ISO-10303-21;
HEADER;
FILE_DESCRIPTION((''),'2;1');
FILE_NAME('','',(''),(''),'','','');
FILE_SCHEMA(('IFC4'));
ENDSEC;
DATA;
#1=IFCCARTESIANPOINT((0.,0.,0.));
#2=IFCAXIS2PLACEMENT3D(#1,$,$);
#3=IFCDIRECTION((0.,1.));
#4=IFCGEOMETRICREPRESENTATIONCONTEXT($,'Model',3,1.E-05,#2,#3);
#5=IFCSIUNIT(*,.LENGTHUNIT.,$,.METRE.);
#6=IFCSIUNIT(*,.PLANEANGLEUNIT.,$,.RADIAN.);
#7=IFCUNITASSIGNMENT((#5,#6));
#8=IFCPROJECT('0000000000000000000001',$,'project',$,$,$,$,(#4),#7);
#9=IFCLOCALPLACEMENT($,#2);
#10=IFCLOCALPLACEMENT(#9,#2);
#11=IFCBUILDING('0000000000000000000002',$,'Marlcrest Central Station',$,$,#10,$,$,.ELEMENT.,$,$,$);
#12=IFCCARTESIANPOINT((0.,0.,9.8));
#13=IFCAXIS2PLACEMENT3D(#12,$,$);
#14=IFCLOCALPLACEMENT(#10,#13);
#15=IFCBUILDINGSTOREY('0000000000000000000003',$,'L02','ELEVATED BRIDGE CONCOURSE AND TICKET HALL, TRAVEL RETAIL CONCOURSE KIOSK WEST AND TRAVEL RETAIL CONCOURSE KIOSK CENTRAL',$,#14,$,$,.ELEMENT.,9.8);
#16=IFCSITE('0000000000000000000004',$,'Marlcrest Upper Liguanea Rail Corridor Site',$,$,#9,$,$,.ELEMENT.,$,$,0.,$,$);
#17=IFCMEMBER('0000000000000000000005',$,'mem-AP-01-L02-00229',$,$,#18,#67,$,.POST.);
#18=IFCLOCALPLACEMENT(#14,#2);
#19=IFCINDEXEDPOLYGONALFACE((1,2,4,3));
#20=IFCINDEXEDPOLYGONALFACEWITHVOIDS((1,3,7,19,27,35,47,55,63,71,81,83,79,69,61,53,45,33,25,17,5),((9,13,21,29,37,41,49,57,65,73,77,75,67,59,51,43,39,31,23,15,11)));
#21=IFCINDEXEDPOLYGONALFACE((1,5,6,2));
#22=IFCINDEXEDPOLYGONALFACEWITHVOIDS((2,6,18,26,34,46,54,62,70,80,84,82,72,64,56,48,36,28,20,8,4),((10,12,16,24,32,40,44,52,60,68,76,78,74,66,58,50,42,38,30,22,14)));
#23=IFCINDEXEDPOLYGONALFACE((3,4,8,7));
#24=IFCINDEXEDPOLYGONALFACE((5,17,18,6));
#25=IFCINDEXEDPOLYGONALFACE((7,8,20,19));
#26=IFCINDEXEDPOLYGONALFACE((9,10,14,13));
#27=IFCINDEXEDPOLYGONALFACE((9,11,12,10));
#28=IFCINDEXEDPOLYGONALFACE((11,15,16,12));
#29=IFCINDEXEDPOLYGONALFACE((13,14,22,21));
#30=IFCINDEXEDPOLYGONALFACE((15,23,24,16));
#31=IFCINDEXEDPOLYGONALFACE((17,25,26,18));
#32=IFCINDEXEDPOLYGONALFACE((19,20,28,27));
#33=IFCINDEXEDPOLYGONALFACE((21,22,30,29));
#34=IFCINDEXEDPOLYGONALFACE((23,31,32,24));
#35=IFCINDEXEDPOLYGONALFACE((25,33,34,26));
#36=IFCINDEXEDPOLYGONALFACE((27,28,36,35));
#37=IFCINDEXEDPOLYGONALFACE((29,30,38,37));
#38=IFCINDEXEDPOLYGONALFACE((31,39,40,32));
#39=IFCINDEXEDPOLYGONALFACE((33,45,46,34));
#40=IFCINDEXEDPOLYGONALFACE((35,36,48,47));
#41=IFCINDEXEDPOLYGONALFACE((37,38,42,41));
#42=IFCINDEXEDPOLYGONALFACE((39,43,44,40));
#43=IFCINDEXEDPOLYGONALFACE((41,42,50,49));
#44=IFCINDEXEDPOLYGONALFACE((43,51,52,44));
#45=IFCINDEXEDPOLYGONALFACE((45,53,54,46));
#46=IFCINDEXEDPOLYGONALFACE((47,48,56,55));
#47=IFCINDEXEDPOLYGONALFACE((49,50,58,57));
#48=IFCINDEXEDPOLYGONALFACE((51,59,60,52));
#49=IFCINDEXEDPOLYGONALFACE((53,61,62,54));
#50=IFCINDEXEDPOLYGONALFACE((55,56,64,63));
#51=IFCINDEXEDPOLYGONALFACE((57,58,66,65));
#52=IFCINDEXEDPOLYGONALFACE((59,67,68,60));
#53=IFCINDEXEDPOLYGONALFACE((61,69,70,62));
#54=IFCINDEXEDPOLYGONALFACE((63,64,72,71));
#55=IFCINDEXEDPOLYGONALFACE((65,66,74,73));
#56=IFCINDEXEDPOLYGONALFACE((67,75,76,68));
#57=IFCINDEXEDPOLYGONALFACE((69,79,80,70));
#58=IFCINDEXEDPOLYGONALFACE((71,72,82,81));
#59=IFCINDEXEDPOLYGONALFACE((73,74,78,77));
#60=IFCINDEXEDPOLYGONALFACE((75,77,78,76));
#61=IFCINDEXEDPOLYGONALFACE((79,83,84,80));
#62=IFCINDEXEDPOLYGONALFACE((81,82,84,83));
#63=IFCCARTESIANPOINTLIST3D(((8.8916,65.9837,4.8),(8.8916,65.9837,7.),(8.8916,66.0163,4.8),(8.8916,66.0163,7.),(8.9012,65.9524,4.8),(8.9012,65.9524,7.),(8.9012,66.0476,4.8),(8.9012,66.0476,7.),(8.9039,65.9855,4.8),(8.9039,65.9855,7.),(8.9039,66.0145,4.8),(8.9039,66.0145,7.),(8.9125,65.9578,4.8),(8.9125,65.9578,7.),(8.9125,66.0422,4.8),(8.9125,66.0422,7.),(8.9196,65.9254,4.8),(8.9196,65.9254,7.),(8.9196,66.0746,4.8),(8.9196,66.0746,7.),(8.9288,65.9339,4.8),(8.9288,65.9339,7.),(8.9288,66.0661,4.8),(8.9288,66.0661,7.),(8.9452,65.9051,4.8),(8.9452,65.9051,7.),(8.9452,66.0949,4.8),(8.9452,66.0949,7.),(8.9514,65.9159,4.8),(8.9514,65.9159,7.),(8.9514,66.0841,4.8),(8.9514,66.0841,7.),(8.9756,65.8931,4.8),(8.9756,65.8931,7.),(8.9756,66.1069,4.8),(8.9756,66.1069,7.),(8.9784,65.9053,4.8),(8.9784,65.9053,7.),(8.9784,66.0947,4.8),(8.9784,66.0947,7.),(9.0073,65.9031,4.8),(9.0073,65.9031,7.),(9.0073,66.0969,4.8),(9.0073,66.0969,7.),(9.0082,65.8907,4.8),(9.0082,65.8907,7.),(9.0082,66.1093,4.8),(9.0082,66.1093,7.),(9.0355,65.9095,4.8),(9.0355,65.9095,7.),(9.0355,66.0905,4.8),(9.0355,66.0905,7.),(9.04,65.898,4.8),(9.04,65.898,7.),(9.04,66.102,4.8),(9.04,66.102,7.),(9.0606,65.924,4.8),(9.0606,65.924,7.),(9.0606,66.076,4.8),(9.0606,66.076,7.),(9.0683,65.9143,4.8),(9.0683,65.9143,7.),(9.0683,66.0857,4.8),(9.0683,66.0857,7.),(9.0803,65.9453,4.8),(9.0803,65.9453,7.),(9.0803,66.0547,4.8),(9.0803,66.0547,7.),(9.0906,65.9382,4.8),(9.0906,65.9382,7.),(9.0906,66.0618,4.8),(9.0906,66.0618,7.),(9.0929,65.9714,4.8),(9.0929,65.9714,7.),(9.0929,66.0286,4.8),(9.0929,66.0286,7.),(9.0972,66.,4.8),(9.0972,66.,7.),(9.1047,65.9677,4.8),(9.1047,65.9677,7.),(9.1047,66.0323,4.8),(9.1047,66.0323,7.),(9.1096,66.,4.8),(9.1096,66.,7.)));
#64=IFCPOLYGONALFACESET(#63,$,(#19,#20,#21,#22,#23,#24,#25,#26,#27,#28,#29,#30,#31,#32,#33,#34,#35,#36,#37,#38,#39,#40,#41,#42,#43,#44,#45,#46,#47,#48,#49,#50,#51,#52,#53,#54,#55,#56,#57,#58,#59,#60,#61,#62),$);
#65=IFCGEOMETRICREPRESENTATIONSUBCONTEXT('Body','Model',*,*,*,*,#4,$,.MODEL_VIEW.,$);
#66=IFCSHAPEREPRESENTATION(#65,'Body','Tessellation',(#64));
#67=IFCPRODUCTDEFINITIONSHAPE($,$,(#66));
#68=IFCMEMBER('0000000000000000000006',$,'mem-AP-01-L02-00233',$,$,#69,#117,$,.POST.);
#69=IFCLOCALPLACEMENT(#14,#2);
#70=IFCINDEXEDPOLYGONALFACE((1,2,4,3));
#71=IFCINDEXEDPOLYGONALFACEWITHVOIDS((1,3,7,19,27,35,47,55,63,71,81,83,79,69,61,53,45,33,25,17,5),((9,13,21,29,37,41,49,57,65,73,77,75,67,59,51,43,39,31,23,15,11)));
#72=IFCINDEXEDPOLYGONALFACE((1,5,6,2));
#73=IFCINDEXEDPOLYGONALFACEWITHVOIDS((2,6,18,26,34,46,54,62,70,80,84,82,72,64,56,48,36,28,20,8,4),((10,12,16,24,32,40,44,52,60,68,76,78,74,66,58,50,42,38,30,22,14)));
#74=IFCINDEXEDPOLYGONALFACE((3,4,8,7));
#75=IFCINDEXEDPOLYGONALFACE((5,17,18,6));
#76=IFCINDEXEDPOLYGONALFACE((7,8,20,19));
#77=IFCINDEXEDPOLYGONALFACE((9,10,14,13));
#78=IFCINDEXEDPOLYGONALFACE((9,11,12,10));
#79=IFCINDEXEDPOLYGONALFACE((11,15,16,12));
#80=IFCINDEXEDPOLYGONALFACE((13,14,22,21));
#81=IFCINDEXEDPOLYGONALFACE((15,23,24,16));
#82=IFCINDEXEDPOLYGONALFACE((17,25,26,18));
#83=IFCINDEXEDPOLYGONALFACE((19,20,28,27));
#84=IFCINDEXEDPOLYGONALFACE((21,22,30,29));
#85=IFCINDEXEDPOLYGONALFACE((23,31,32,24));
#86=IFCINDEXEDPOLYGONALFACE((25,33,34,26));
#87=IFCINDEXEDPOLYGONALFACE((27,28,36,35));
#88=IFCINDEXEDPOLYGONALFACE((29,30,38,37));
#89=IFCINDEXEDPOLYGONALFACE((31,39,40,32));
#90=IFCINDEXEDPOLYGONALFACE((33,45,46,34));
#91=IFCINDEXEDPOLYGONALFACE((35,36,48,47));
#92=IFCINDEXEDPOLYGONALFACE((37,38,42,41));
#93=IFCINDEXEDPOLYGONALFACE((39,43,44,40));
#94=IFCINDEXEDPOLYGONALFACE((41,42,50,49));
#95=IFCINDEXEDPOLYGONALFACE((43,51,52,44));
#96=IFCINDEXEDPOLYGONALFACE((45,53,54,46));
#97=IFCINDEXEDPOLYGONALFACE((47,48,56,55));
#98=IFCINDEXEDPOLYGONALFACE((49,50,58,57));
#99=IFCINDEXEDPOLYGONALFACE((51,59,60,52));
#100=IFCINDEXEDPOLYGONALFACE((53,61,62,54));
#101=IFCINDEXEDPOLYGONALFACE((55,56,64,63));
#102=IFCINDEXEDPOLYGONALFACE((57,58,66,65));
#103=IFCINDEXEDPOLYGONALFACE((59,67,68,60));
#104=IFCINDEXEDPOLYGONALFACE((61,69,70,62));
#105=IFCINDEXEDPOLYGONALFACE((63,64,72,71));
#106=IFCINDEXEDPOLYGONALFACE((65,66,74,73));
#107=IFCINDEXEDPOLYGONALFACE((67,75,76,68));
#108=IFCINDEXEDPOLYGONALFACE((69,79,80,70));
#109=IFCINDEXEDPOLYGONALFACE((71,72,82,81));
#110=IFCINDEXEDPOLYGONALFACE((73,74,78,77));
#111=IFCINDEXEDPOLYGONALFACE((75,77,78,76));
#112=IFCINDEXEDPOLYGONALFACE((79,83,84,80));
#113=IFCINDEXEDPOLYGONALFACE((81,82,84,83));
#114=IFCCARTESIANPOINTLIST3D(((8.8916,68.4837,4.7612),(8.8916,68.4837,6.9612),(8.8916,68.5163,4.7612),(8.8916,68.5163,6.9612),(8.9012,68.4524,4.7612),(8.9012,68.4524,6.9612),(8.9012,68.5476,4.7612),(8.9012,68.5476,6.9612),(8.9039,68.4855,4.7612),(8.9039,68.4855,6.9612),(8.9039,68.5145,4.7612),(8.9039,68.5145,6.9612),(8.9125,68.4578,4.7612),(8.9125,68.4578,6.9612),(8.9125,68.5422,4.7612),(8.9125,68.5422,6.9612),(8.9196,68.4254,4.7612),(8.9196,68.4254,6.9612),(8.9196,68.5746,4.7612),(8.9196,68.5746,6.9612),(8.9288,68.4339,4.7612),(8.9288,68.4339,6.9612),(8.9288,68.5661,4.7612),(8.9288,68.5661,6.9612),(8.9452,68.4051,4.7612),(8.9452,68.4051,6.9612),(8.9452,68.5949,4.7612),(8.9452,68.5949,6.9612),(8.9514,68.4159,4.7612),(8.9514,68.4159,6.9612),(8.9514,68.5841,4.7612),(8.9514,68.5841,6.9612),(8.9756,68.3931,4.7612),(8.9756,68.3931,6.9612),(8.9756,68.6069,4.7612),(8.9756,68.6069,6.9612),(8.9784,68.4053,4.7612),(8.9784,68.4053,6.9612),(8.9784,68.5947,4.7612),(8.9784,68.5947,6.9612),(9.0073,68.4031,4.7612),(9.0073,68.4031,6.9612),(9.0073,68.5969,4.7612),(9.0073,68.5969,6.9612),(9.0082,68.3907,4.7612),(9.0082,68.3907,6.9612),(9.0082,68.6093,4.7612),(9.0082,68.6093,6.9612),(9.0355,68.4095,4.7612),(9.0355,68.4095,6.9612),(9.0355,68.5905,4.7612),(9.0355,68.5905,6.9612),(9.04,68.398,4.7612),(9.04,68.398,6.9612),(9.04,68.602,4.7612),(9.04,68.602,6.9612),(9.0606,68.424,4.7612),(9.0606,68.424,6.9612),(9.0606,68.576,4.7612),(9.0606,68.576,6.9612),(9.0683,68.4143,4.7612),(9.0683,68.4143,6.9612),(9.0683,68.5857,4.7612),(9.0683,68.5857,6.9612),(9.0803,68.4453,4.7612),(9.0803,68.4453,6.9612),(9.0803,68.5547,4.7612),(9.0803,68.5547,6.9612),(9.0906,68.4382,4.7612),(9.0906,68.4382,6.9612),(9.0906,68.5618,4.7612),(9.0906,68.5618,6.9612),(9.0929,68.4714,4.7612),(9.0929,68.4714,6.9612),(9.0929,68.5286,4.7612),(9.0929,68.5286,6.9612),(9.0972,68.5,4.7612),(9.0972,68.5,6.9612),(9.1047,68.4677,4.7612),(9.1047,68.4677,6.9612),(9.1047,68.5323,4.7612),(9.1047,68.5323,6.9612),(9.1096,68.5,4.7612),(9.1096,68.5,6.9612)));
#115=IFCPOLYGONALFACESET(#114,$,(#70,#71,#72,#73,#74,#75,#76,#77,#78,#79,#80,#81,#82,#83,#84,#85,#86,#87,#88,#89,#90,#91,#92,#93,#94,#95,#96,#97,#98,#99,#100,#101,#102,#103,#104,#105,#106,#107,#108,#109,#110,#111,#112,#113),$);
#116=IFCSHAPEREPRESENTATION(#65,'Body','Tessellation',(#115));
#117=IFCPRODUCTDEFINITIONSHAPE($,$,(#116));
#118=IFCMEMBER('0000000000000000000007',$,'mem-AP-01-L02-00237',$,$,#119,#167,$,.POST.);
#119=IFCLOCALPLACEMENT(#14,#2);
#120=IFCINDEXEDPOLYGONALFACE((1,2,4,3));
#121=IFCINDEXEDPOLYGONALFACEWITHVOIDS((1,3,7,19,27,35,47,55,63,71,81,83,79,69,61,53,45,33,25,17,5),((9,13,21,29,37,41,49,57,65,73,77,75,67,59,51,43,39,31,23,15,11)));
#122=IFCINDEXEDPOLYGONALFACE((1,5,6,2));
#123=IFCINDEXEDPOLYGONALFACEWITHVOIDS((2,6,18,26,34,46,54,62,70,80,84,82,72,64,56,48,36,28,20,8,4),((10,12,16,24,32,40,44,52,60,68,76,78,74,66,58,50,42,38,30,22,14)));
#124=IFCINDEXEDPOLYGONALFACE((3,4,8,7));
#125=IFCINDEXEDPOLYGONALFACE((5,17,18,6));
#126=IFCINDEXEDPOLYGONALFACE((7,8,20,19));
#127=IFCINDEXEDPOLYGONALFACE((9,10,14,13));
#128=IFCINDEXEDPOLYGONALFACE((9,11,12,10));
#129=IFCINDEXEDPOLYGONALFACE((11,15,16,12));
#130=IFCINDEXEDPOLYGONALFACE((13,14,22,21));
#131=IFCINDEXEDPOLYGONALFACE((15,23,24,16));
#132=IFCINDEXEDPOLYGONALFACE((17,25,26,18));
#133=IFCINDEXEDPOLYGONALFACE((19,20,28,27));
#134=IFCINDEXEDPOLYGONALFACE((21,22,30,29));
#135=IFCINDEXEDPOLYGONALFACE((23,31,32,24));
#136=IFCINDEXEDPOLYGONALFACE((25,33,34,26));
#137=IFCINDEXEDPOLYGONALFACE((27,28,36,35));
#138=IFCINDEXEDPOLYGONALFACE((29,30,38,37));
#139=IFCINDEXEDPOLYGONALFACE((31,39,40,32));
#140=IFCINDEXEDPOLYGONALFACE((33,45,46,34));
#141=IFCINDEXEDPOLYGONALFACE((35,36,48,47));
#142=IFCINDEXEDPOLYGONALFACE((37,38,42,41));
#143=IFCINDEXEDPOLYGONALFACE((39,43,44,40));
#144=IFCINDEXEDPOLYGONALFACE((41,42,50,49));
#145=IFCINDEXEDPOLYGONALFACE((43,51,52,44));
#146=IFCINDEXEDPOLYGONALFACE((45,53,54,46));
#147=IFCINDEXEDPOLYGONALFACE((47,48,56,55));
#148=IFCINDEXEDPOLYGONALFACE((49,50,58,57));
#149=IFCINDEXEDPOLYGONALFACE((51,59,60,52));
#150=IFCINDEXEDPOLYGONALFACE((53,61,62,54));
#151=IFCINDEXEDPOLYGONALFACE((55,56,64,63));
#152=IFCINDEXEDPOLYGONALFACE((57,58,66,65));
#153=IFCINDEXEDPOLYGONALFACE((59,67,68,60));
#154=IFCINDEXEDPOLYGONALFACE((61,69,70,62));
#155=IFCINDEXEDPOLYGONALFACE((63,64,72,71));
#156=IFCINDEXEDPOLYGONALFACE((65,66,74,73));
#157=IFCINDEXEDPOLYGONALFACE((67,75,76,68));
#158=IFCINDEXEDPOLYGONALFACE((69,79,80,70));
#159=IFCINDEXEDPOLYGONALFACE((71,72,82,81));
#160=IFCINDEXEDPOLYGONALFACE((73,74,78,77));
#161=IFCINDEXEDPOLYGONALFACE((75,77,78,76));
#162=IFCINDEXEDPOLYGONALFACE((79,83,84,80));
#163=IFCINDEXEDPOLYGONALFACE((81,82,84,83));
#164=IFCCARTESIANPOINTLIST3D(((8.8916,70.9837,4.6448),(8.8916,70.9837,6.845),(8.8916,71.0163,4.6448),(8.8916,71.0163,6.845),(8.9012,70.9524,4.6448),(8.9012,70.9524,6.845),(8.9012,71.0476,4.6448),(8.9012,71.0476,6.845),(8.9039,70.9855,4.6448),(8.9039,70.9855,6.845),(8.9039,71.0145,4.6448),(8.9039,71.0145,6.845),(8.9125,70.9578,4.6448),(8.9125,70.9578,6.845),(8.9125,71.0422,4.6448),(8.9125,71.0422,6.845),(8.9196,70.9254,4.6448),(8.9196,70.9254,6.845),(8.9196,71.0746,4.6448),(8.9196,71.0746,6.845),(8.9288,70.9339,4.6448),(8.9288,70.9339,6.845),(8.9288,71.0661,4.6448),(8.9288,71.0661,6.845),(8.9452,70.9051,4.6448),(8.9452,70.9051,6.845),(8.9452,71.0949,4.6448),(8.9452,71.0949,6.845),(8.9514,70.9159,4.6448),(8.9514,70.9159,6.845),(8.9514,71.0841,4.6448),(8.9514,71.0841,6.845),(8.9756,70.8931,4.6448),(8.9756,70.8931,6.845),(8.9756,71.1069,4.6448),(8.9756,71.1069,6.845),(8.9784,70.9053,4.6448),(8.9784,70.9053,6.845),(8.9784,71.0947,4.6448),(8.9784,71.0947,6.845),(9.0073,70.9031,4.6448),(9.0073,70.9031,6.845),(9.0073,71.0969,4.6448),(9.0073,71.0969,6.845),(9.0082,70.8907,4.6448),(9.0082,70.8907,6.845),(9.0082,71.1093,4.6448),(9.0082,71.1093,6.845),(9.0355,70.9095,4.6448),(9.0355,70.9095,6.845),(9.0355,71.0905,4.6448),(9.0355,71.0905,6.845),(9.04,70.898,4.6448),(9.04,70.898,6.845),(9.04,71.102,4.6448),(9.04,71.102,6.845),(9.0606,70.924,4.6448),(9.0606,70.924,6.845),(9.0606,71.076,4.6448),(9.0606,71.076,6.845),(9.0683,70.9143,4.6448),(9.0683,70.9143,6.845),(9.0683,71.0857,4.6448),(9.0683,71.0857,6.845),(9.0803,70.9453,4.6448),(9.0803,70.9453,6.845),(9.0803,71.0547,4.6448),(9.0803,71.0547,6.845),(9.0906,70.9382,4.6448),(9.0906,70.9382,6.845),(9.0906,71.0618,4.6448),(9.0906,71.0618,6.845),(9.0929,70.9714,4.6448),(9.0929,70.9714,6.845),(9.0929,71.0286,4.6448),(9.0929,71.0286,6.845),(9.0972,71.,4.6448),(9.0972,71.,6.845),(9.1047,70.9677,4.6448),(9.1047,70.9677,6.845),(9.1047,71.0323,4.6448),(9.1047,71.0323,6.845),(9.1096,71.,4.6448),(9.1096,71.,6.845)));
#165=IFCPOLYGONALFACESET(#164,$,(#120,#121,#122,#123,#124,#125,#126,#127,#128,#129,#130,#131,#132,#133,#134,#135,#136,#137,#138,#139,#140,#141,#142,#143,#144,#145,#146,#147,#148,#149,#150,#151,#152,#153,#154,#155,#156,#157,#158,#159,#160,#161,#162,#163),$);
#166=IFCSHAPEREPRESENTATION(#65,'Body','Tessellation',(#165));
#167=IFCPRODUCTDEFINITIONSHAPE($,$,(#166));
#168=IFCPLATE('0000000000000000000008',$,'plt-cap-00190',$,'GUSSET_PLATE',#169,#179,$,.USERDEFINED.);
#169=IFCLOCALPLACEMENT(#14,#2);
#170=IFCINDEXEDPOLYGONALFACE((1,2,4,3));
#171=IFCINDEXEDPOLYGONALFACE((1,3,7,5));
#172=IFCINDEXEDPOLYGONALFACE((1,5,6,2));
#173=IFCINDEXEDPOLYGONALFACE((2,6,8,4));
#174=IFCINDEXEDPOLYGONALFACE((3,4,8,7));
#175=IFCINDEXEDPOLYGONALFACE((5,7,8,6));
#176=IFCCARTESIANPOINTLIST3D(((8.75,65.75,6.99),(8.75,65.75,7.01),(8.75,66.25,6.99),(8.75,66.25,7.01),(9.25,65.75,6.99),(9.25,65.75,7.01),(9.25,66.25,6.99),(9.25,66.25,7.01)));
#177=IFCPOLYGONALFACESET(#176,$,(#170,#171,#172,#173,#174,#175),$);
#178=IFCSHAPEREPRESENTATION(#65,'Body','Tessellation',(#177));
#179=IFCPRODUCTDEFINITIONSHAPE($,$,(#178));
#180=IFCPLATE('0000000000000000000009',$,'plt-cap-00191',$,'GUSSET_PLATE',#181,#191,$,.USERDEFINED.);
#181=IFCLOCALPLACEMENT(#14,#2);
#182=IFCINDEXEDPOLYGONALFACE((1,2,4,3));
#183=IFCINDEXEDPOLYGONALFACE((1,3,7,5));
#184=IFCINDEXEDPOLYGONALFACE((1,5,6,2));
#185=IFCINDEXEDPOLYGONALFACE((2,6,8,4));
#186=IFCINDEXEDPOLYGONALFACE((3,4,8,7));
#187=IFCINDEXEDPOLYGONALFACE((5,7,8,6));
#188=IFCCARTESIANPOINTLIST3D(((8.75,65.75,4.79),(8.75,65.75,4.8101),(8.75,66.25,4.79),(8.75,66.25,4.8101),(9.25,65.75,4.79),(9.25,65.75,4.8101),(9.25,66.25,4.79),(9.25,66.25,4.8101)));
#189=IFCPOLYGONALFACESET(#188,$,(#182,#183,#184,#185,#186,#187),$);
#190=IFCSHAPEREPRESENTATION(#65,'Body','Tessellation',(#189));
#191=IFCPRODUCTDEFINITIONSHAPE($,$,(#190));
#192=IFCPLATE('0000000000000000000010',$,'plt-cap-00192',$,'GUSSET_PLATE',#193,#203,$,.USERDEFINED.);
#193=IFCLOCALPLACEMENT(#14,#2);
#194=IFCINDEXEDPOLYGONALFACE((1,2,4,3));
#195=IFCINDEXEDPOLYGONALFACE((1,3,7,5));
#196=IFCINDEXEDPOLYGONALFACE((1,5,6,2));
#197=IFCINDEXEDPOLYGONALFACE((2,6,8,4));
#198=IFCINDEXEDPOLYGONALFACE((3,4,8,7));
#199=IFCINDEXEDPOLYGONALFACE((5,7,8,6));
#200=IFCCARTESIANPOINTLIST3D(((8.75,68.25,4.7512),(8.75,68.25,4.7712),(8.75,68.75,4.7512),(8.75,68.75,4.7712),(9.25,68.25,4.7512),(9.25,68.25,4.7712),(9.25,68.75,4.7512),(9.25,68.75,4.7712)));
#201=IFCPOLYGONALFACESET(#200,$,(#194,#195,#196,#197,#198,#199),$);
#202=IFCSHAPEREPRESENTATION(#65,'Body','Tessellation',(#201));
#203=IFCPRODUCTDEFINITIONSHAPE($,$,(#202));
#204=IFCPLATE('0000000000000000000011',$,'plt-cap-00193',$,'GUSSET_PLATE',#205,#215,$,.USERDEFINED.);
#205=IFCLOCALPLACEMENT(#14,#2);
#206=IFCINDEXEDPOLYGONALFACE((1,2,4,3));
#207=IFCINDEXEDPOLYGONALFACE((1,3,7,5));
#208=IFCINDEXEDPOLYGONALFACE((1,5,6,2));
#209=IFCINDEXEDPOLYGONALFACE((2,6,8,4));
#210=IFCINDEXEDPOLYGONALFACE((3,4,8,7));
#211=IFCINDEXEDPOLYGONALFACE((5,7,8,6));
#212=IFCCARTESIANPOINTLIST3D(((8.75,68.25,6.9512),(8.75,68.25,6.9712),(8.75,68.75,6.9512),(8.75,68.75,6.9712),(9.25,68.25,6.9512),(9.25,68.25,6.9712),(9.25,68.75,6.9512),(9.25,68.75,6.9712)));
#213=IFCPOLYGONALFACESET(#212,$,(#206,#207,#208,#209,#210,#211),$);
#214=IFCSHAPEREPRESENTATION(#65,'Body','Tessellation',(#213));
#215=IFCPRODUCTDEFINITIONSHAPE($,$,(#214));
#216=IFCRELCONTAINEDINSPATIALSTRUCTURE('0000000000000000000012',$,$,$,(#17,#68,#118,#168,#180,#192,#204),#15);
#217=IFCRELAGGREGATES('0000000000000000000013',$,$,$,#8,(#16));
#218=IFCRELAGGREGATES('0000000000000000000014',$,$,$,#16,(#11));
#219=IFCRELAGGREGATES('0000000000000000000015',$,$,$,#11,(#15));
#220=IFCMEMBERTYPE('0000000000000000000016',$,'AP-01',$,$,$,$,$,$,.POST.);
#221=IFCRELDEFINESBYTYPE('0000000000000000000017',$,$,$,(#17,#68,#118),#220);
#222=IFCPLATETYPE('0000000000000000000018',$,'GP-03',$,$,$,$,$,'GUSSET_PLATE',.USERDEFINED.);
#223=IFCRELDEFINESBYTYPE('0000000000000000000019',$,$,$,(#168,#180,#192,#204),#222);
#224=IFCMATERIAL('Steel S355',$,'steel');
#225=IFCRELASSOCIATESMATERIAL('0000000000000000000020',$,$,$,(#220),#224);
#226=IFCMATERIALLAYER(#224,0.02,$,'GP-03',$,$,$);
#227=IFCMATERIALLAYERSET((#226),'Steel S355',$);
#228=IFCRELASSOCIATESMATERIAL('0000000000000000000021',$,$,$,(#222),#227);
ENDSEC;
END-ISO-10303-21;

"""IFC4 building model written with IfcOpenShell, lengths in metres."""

from ifc_helpers import new_model, si_unit, direction, frame, origin, origin_2d, place, context, subcontext, project, spatial, rectangle, hollow_circle, extrude, material, layer, layer_set, material_profile, profile_set, type_object, element, save


model = new_model("IFC4")

# Units and contexts
model_context = context("Model", 3, precision=1e-05, world=origin(), true_north=direction((0.0, 1.0)))
body_context = subcontext(model_context, "Body", "Model", "MODEL_VIEW")
ifc_project = project(units=[si_unit("LENGTHUNIT", "METRE"), si_unit("PLANEANGLEUNIT", "RADIAN")], contexts=[model_context])

# Site, building, storey
site_placement = place(None, origin())
site = spatial("IfcSite", under=ifc_project, at=site_placement, Name="Marlcrest Upper Liguanea Rail Corridor Site", CompositionType="ELEMENT", RefElevation=0.0)
building_placement = place(site_placement, origin())
building = spatial("IfcBuilding", under=site, at=building_placement, Name="Marlcrest Central Station", CompositionType="ELEMENT")
storey_placement = place(building_placement, frame((0.0, 0.0, 9.8)))
storey = spatial("IfcBuildingStorey", under=building, at=storey_placement, Name="L02", Description="ELEVATED BRIDGE CONCOURSE AND TICKET HALL, TRAVEL RETAIL CONCOURSE KIOSK WEST AND TRAVEL RETAIL CONCOURSE KIOSK CENTRAL", CompositionType="ELEMENT", Elevation=9.8)

# Members
ifc_material = material(Name="Steel S355", Category="steel")
ifc_material_profile_1 = material_profile(ifc_material, hollow_circle(Radius=0.1096, WallThickness=0.0125, at=origin_2d()), Name="CHS 219.1x12.5")
ifc_profile_set_1 = profile_set([ifc_material_profile_1], Name="Steel S355")
member_type_1 = type_object("IfcMemberType", Name="AP-01", PredefinedType="POST", material=ifc_profile_set_1)
for number, where, z_axis, x_axis, name in (
    (1, (9.0, 66.0, 4.8), (0.0, 0.0, 1.0), (1.0, 0.0, 0.0), "mem-AP-01-L02-00229"),
    (2, (9.0, 68.5, 4.7612), (0.0, 0.0, 1.0), (1.0, 0.0, 0.0), "mem-AP-01-L02-00233"),
):
    element("IfcMember", number, at=place(storey_placement, frame(where, z_axis=z_axis, x_axis=x_axis)), inside=storey, type_object=member_type_1, Name=name, PredefinedType="POST", context=body_context, shape_type="SweptSolid", body=[
        extrude(hollow_circle(Radius=0.1096, WallThickness=0.0125, at=origin_2d()), origin(), (0.0, 0.0, 1.0), 2.2),
    ])
member_1_placement = place(storey_placement, frame((9.0, 71.0, 4.6448), z_axis=(0.0, 0.0, 1.0), x_axis=(1.0, 0.0, 0.0)))
element("IfcMember", 3, at=member_1_placement, inside=storey, type_object=member_type_1, Name="mem-AP-01-L02-00237", PredefinedType="POST", context=body_context, shape_type="SweptSolid", body=[
    extrude(hollow_circle(Radius=0.1096, WallThickness=0.0125, at=origin_2d()), origin(), (0.0, 0.0, 1.0), 2.2002),
])

# Plates
ifc_layer = layer(ifc_material, 0.02, Name="GP-03")
ifc_layer_set = layer_set([ifc_layer], Name="Steel S355")
plate_type = type_object("IfcPlateType", Name="GP-03", ElementType="GUSSET_PLATE", PredefinedType="USERDEFINED", material=ifc_layer_set)
for number, where, z_axis, x_axis, name in (
    (4, (9.0, 66.0, 6.99), (0.0, 0.0, 1.0), (1.0, 0.0, 0.0), "plt-cap-00190"),
    (5, (9.0, 66.0, 4.79), (0.0, 0.0, 1.0), (1.0, 0.0, 0.0), "plt-cap-00191"),
    (6, (9.0, 68.5, 4.7512), (0.0, 0.0, 1.0), (1.0, 0.0, 0.0), "plt-cap-00192"),
    (7, (9.0, 68.5, 6.9512), (0.0, 0.0, 1.0), (1.0, 0.0, 0.0), "plt-cap-00193"),
):
    element("IfcPlate", number, at=place(storey_placement, frame(where, z_axis=z_axis, x_axis=x_axis)), inside=storey, type_object=plate_type, Name=name, ObjectType="GUSSET_PLATE", PredefinedType="USERDEFINED", context=body_context, shape_type="SweptSolid", body=[
        extrude(rectangle(XDim=0.5, YDim=0.5, at=origin_2d()), origin(), (0.0, 0.0, 1.0), 0.02),
    ])

save(model, "model.ifc")
